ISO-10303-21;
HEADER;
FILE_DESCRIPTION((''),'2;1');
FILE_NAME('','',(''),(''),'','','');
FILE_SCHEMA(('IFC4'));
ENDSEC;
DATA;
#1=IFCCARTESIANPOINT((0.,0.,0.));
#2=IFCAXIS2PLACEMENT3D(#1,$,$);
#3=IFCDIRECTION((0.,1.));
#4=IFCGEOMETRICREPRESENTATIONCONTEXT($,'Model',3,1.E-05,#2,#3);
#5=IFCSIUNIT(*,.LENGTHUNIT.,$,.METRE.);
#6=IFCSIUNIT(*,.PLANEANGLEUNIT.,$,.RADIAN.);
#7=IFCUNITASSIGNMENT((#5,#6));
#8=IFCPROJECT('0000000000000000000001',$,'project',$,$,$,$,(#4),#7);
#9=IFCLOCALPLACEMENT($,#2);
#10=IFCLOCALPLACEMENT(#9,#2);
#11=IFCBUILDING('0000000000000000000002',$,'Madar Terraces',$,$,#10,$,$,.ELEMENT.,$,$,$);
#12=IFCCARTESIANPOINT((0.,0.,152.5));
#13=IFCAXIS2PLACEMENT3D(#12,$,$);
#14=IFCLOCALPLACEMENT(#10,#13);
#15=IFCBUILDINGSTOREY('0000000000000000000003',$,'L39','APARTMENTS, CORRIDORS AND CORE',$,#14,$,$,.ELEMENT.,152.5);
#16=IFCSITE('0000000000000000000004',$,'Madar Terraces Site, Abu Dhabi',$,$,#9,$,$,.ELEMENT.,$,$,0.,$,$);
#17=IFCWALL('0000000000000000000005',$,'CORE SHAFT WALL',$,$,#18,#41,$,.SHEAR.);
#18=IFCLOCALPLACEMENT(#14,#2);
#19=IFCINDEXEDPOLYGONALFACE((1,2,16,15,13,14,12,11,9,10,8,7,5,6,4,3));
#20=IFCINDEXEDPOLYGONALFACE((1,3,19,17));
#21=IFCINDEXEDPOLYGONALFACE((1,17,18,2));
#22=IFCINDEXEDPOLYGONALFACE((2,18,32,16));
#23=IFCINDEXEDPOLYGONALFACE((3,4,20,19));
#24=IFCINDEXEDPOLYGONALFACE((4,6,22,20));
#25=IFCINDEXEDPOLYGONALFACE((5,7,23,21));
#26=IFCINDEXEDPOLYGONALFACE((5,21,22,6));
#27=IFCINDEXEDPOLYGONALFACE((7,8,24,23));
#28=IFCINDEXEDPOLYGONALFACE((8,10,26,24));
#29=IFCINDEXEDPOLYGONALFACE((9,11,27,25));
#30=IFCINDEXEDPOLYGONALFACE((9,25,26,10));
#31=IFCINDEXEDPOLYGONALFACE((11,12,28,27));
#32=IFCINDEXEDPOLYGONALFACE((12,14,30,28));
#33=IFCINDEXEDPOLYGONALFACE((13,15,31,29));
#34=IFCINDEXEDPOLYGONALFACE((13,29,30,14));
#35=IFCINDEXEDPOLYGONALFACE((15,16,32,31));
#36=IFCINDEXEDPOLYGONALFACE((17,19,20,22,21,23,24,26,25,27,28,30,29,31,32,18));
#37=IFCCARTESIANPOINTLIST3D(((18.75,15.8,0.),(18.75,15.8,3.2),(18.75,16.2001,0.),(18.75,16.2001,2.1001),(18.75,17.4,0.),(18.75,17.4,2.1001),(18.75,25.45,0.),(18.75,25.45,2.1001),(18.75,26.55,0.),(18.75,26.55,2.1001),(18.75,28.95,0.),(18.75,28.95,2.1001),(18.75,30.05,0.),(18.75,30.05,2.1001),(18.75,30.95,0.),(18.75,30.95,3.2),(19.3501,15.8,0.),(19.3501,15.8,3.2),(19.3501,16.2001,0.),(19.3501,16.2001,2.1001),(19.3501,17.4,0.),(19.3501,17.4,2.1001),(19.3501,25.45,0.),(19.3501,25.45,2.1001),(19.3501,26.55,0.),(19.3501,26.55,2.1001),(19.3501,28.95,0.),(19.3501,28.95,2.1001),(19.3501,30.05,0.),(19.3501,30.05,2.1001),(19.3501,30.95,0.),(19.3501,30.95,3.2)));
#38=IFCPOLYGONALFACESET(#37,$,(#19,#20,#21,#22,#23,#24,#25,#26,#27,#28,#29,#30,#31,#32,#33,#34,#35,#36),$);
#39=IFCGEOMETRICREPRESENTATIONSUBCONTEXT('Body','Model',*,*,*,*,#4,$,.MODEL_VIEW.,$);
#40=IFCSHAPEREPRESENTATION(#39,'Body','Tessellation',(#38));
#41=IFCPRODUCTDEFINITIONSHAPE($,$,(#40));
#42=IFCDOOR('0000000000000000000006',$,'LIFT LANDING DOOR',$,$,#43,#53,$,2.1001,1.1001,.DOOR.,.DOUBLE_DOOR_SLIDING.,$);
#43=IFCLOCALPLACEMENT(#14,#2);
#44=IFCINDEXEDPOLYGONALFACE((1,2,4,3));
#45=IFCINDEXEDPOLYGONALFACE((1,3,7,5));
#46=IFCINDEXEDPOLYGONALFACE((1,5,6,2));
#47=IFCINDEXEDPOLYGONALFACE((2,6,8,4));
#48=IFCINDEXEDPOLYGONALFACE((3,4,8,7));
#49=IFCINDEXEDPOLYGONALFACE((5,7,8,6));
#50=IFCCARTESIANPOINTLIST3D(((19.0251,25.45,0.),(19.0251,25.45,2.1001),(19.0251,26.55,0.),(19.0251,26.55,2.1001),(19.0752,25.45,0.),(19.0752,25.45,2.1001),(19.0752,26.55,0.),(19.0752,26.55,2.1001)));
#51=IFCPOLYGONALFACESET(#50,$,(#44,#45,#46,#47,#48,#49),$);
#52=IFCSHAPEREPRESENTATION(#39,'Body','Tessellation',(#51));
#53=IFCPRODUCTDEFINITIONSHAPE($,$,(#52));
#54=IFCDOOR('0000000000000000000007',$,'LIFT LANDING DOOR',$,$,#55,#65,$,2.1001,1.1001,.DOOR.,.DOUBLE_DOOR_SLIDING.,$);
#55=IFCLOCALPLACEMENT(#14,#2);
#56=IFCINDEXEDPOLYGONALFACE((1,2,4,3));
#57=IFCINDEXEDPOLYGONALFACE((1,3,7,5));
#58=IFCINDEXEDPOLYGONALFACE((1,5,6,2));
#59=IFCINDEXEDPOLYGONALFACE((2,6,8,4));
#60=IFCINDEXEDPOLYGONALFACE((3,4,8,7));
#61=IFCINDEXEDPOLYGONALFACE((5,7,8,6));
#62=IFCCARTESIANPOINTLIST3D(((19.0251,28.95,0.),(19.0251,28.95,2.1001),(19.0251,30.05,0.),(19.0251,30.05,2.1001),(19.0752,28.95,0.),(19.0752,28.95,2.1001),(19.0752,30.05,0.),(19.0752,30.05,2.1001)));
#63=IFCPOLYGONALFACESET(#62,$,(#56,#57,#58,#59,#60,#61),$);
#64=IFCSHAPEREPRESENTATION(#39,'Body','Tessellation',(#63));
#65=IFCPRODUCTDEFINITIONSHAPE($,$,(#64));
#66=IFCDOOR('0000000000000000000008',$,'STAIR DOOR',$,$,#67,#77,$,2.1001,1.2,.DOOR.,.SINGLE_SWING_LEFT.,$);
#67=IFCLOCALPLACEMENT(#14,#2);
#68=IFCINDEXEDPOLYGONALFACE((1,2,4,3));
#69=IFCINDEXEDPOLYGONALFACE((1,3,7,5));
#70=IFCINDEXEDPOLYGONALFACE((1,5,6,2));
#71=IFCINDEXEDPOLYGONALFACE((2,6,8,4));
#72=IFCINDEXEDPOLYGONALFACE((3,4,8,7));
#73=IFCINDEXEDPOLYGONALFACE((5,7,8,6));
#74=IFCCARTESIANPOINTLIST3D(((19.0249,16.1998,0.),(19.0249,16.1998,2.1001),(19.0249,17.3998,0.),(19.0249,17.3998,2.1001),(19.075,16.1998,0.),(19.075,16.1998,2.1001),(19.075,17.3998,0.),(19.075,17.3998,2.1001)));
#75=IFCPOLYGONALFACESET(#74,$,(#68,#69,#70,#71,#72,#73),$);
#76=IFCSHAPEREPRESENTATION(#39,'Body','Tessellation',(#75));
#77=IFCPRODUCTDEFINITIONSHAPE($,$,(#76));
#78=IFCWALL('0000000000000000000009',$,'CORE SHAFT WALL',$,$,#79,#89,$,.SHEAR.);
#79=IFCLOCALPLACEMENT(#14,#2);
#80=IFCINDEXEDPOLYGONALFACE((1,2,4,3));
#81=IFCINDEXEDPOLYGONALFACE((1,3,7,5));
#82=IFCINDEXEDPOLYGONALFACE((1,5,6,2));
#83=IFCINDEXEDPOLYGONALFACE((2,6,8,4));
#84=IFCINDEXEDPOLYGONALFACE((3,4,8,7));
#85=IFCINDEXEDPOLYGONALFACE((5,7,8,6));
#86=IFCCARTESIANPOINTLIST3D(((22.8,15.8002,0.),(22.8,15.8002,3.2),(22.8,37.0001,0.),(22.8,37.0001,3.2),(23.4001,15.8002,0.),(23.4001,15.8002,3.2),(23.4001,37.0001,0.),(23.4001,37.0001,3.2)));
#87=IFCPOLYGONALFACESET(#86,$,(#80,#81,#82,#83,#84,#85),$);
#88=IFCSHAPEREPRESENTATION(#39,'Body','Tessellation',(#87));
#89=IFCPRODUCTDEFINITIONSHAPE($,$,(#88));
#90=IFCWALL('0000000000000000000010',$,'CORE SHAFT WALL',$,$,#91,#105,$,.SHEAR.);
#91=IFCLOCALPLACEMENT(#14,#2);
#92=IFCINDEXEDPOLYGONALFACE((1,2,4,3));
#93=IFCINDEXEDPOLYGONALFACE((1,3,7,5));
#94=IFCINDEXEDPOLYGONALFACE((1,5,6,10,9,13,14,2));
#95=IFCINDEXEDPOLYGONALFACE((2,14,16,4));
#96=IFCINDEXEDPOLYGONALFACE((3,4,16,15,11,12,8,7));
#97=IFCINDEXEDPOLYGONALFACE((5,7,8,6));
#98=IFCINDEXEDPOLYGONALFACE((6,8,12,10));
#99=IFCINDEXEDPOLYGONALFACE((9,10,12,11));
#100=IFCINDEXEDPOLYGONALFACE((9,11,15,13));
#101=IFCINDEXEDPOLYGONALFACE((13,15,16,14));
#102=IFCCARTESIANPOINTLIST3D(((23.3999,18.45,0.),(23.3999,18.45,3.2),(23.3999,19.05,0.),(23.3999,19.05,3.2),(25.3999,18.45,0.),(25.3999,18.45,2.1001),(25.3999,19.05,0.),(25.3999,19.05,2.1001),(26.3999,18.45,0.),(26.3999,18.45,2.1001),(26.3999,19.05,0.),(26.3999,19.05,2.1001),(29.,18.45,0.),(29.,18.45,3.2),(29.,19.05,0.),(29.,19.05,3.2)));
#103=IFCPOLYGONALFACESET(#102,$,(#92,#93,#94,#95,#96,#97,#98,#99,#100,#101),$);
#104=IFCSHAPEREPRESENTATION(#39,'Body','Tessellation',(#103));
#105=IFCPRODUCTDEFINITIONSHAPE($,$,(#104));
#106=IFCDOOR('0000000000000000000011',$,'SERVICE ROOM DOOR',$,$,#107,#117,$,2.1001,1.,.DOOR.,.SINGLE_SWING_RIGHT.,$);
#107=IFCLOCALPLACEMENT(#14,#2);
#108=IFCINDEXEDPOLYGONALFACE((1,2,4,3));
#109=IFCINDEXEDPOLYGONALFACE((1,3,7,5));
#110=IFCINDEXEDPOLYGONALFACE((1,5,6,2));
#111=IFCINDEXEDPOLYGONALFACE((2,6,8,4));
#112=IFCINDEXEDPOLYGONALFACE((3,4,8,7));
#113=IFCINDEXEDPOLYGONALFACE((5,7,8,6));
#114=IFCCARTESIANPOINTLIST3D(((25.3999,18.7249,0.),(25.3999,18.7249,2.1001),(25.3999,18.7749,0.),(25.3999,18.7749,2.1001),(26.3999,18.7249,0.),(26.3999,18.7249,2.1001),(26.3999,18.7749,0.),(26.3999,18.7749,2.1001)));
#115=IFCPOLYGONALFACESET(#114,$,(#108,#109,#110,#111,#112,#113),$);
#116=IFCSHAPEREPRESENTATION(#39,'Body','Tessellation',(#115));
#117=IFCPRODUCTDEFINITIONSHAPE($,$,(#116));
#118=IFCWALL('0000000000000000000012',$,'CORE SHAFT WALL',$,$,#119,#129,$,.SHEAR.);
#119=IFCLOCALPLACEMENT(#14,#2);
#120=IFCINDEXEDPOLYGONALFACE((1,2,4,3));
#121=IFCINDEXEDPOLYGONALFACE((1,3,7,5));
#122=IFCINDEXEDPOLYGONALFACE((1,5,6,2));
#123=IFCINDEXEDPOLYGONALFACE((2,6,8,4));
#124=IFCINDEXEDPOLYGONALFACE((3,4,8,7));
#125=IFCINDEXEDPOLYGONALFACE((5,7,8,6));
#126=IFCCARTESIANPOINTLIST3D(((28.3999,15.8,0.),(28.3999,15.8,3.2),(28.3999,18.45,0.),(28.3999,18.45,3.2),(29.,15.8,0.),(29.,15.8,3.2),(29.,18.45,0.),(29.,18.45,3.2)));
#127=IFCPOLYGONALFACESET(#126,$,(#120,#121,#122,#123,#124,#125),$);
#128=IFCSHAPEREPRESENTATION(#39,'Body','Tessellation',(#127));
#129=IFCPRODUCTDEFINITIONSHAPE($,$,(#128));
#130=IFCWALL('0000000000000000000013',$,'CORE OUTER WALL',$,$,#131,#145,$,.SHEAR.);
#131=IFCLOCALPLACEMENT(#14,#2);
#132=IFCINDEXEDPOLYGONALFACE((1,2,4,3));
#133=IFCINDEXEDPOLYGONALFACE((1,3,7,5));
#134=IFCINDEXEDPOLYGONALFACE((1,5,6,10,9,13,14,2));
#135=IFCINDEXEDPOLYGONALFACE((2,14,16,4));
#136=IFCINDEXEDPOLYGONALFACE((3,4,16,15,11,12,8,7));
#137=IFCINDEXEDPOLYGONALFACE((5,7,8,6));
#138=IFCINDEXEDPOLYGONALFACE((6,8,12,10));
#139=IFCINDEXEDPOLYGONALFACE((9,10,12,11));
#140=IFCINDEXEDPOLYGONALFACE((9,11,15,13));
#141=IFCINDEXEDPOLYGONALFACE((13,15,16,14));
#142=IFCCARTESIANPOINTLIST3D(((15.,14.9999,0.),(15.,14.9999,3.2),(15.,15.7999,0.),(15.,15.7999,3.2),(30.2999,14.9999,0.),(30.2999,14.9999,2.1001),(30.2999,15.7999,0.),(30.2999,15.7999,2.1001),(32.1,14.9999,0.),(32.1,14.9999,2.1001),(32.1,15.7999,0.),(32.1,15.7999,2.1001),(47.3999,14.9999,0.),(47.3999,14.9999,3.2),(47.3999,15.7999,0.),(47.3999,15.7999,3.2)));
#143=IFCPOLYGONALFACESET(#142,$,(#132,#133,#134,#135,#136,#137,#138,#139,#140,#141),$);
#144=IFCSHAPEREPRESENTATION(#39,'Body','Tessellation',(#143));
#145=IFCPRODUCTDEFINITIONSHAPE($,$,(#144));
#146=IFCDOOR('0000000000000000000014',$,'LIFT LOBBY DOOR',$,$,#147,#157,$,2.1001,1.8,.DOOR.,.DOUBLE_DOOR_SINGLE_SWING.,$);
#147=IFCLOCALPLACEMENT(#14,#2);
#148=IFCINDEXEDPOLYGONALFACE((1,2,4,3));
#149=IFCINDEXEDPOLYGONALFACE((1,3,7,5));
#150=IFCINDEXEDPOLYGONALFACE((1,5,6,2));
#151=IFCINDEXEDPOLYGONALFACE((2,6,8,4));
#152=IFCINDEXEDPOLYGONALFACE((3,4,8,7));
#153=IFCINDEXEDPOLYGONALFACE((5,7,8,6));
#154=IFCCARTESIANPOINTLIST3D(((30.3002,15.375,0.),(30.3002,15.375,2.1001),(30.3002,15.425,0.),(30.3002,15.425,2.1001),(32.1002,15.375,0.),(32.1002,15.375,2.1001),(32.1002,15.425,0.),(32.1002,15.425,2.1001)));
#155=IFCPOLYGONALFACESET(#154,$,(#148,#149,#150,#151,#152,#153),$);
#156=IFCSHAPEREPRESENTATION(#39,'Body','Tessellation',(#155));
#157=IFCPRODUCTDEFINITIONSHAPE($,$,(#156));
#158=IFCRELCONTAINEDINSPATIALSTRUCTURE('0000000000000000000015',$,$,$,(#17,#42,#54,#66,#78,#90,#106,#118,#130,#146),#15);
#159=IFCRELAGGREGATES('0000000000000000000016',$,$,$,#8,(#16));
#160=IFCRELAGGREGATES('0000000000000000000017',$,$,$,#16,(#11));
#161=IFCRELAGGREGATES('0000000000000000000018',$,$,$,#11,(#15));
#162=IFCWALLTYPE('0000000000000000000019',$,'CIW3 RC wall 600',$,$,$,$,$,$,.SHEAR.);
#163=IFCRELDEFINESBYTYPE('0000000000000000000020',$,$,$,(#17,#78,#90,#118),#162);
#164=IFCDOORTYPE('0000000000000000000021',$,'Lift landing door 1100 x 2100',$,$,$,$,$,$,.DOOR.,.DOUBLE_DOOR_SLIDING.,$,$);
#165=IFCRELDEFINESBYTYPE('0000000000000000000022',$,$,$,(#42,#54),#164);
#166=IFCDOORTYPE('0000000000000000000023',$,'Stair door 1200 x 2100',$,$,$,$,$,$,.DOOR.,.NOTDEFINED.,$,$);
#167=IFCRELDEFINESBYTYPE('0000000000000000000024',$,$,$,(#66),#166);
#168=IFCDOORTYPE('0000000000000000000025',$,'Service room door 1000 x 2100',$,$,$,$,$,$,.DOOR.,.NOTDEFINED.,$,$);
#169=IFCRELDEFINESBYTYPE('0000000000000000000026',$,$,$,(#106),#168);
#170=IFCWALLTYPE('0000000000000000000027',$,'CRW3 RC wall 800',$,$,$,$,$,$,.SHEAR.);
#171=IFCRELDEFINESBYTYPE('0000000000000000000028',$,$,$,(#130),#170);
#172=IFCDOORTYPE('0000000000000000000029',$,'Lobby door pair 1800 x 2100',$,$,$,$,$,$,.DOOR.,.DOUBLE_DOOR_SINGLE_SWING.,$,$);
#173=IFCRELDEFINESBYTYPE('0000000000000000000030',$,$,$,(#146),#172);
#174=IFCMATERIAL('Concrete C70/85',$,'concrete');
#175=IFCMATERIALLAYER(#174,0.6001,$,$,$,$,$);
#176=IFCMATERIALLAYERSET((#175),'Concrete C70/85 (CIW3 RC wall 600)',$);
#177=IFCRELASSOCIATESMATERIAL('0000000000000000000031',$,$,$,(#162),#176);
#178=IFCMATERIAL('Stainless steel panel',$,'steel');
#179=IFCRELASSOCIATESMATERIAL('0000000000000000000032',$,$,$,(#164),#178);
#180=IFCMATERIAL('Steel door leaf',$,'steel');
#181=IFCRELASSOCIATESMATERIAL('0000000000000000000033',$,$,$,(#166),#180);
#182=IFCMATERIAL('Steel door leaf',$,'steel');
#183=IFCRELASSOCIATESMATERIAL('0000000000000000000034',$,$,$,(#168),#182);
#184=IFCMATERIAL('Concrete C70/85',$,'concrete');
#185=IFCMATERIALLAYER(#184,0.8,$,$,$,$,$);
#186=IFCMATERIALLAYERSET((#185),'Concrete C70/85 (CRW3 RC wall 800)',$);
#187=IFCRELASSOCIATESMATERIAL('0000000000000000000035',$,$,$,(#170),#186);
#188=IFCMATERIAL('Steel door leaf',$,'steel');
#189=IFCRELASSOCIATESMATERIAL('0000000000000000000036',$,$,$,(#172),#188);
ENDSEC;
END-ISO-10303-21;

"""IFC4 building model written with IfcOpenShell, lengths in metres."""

from ifc_helpers import new_model, si_unit, direction, frame, frame_2d, origin, place, context, subcontext, project, spatial, rectangle, extrude, material, layer, layer_set, type_object, element, fill, save


model = new_model("IFC4")

# Units and contexts
model_context = context("Model", 3, precision=1e-05, world=origin(), true_north=direction((0.0, 1.0)))
body_context = subcontext(model_context, "Body", "Model", "MODEL_VIEW")
ifc_project = project(units=[si_unit("LENGTHUNIT", "METRE"), si_unit("PLANEANGLEUNIT", "RADIAN")], contexts=[model_context])

# Site, building, storey
site_placement = place(None, origin())
site = spatial("IfcSite", under=ifc_project, at=site_placement, Name="Madar Terraces Site, Abu Dhabi", CompositionType="ELEMENT", RefElevation=0.0)
building_placement = place(site_placement, origin())
building = spatial("IfcBuilding", under=site, at=building_placement, Name="Madar Terraces", CompositionType="ELEMENT")
storey_placement = place(building_placement, frame((0.0, 0.0, 152.5)))
storey = spatial("IfcBuildingStorey", under=building, at=storey_placement, Name="L39", Description="APARTMENTS, CORRIDORS AND CORE", CompositionType="ELEMENT", Elevation=152.5)

# Wall, openings, doors
ifc_material_1 = material(Name="Concrete C70/85", Category="concrete")
ifc_layer_1 = layer(ifc_material_1, 0.6001)
ifc_layer_set_1 = layer_set([ifc_layer_1], Name="Concrete C70/85 (CIW3 RC wall 600)")
wall_type_1 = type_object("IfcWallType", Name="CIW3 RC wall 600", PredefinedType="SHEAR", material=ifc_layer_set_1)
wall_1_placement = place(storey_placement, frame((19.05, 15.8, 0.0), z_axis=(0.0, 0.0, 1.0), x_axis=(0.0, 1.0, 0.0)))
wall_1 = element("IfcWall", 1, at=wall_1_placement, inside=storey, type_object=wall_type_1, Name="CORE SHAFT WALL", PredefinedType="SHEAR", context=body_context, shape_type="SweptSolid", body=[
    extrude(rectangle(XDim=15.1499, YDim=0.6001, at=frame_2d((7.575, 0.0))), origin(), (0.0, 0.0, 1.0), 3.2),
])
opening_1_placement = place(wall_1_placement, frame((9.6499, 0.0, 0.0)))
opening_1 = element("IfcOpeningElement", 2, at=opening_1_placement, cuts=wall_1, PredefinedType="OPENING", context=body_context, shape_type="SweptSolid", body=[
    extrude(rectangle(XDim=1.1001, YDim=2.1001, at=frame_2d((0.55, 1.05))), frame((0.0, 0.3101, 0.0), z_axis=(0.0, -1.0, 0.0), x_axis=(1.0, 0.0, 0.0)), (0.0, 0.0, 1.0), 0.6201),
])
opening_2_placement = place(wall_1_placement, frame((13.1499, 0.0, 0.0)))
opening_2 = element("IfcOpeningElement", 3, at=opening_2_placement, cuts=wall_1, PredefinedType="OPENING", context=body_context, shape_type="SweptSolid", body=[
    extrude(rectangle(XDim=1.1001, YDim=2.1001, at=frame_2d((0.55, 1.05))), frame((0.0, 0.3101, 0.0), z_axis=(0.0, -1.0, 0.0), x_axis=(1.0, 0.0, 0.0)), (0.0, 0.0, 1.0), 0.6201),
])
opening_3_placement = place(wall_1_placement, frame((0.3999, 0.0, 0.0)))
opening_3 = element("IfcOpeningElement", 4, at=opening_3_placement, cuts=wall_1, PredefinedType="OPENING", context=body_context, shape_type="SweptSolid", body=[
    extrude(rectangle(XDim=1.2, YDim=2.1001, at=frame_2d((0.6001, 1.05))), frame((0.0, 0.3101, 0.0), z_axis=(0.0, -1.0, 0.0), x_axis=(1.0, 0.0, 0.0)), (0.0, 0.0, 1.0), 0.6201),
])
ifc_material_2 = material(Name="Stainless steel panel", Category="steel")
door_type_1 = type_object("IfcDoorType", Name="Lift landing door 1100 x 2100", OperationType="DOUBLE_DOOR_SLIDING", PredefinedType="DOOR", material=ifc_material_2)
door_1_placement = place(opening_1_placement, origin())
door_1 = element("IfcDoor", 5, at=door_1_placement, inside=storey, type_object=door_type_1, Name="LIFT LANDING DOOR", OperationType="DOUBLE_DOOR_SLIDING", OverallHeight=2.1001, OverallWidth=1.1001, PredefinedType="DOOR", context=body_context, shape_type="SweptSolid", body=[
    extrude(rectangle(XDim=1.1001, YDim=2.1001, at=frame_2d((0.55, 1.05))), frame((0.0, 0.0249, 0.0), z_axis=(0.0, -1.0, 0.0), x_axis=(1.0, 0.0, 0.0)), (0.0, 0.0, 1.0), 0.05),
])
fill(opening_1, door_1)
door_2_placement = place(opening_2_placement, origin())
door_2 = element("IfcDoor", 6, at=door_2_placement, inside=storey, type_object=door_type_1, Name="LIFT LANDING DOOR", OperationType="DOUBLE_DOOR_SLIDING", OverallHeight=2.1001, OverallWidth=1.1001, PredefinedType="DOOR", context=body_context, shape_type="SweptSolid", body=[
    extrude(rectangle(XDim=1.1001, YDim=2.1001, at=frame_2d((0.55, 1.05))), frame((0.0, 0.0249, 0.0), z_axis=(0.0, -1.0, 0.0), x_axis=(1.0, 0.0, 0.0)), (0.0, 0.0, 1.0), 0.05),
])
fill(opening_2, door_2)
ifc_material_3 = material(Name="Steel door leaf", Category="steel")
door_type_2 = type_object("IfcDoorType", Name="Stair door 1200 x 2100", OperationType="NOTDEFINED", PredefinedType="DOOR", material=ifc_material_3)
door_3_placement = place(opening_3_placement, frame((1.2, 0.0, 0.0), z_axis=(0.0, 0.0, 1.0), x_axis=(-1.0, 0.0, 0.0)))
door_3 = element("IfcDoor", 7, at=door_3_placement, inside=storey, type_object=door_type_2, Name="STAIR DOOR", OperationType="SINGLE_SWING_LEFT", OverallHeight=2.1001, OverallWidth=1.2, PredefinedType="DOOR", context=body_context, shape_type="SweptSolid", body=[
    extrude(rectangle(XDim=1.2, YDim=2.1001, at=frame_2d((0.6001, 1.05))), frame((0.0, 0.0249, 0.0), z_axis=(0.0, -1.0, 0.0), x_axis=(1.0, 0.0, 0.0)), (0.0, 0.0, 1.0), 0.05),
])
fill(opening_3, door_3)

# Wall
wall_2_placement = place(storey_placement, frame((23.1001, 15.8, 0.0), z_axis=(0.0, 0.0, 1.0), x_axis=(0.0, 1.0, 0.0)))
element("IfcWall", 8, at=wall_2_placement, inside=storey, type_object=wall_type_1, Name="CORE SHAFT WALL", PredefinedType="SHEAR", context=body_context, shape_type="SweptSolid", body=[
    extrude(rectangle(XDim=21.2, YDim=0.6001, at=frame_2d((10.6001, 0.0))), origin(), (0.0, 0.0, 1.0), 3.2),
])

# Wall, opening, door
wall_3_placement = place(storey_placement, frame((23.3999, 18.75, 0.0), z_axis=(0.0, 0.0, 1.0), x_axis=(1.0, 0.0, 0.0)))
wall_3 = element("IfcWall", 9, at=wall_3_placement, inside=storey, type_object=wall_type_1, Name="CORE SHAFT WALL", PredefinedType="SHEAR", context=body_context, shape_type="SweptSolid", body=[
    extrude(rectangle(XDim=5.6001, YDim=0.6001, at=frame_2d((2.8, 0.0))), origin(), (0.0, 0.0, 1.0), 3.2),
])
opening_4_placement = place(wall_3_placement, frame((2.0, 0.0, 0.0)))
opening_4 = element("IfcOpeningElement", 10, at=opening_4_placement, cuts=wall_3, PredefinedType="OPENING", context=body_context, shape_type="SweptSolid", body=[
    extrude(rectangle(XDim=1.0, YDim=2.1001, at=frame_2d((0.5, 1.05))), frame((0.0, 0.3101, 0.0), z_axis=(0.0, -1.0, 0.0), x_axis=(1.0, 0.0, 0.0)), (0.0, 0.0, 1.0), 0.6201),
])
ifc_material_4 = material(Name="Steel door leaf", Category="steel")
door_type_3 = type_object("IfcDoorType", Name="Service room door 1000 x 2100", OperationType="NOTDEFINED", PredefinedType="DOOR", material=ifc_material_4)
door_4_placement = place(opening_4_placement, origin())
door_4 = element("IfcDoor", 11, at=door_4_placement, inside=storey, type_object=door_type_3, Name="SERVICE ROOM DOOR", OperationType="SINGLE_SWING_RIGHT", OverallHeight=2.1001, OverallWidth=1.0, PredefinedType="DOOR", context=body_context, shape_type="SweptSolid", body=[
    extrude(rectangle(XDim=1.0, YDim=2.1001, at=frame_2d((0.5, 1.05))), frame((0.0, 0.0249, 0.0), z_axis=(0.0, -1.0, 0.0), x_axis=(1.0, 0.0, 0.0)), (0.0, 0.0, 1.0), 0.05),
])
fill(opening_4, door_4)

# Wall
wall_4_placement = place(storey_placement, frame((28.7, 15.8, 0.0), z_axis=(0.0, 0.0, 1.0), x_axis=(0.0, 1.0, 0.0)))
element("IfcWall", 12, at=wall_4_placement, inside=storey, type_object=wall_type_1, Name="CORE SHAFT WALL", PredefinedType="SHEAR", context=body_context, shape_type="SweptSolid", body=[
    extrude(rectangle(XDim=2.6499, YDim=0.6001, at=frame_2d((1.325, 0.0))), origin(), (0.0, 0.0, 1.0), 3.2),
])

# Wall, opening, door
ifc_material_5 = material(Name="Concrete C70/85", Category="concrete")
ifc_layer_2 = layer(ifc_material_5, 0.8)
ifc_layer_set_2 = layer_set([ifc_layer_2], Name="Concrete C70/85 (CRW3 RC wall 800)")
wall_type_2 = type_object("IfcWallType", Name="CRW3 RC wall 800", PredefinedType="SHEAR", material=ifc_layer_set_2)
wall_5_placement = place(storey_placement, frame((15.0, 15.3999, 0.0), z_axis=(0.0, 0.0, 1.0), x_axis=(1.0, 0.0, 0.0)))
wall_5 = element("IfcWall", 13, at=wall_5_placement, inside=storey, type_object=wall_type_2, Name="CORE OUTER WALL", PredefinedType="SHEAR", context=body_context, shape_type="SweptSolid", body=[
    extrude(rectangle(XDim=32.3999, YDim=0.8, at=frame_2d((16.2, 0.0))), origin(), (0.0, 0.0, 1.0), 3.2),
])
opening_5_placement = place(wall_5_placement, frame((15.3, 0.0, 0.0)))
opening_5 = element("IfcOpeningElement", 14, at=opening_5_placement, cuts=wall_5, PredefinedType="OPENING", context=body_context, shape_type="SweptSolid", body=[
    extrude(rectangle(XDim=1.8, YDim=2.1001, at=frame_2d((0.8999, 1.05))), frame((0.0, 0.4099, 0.0), z_axis=(0.0, -1.0, 0.0), x_axis=(1.0, 0.0, 0.0)), (0.0, 0.0, 1.0), 0.8201),
])
ifc_material_6 = material(Name="Steel door leaf", Category="steel")
door_type_4 = type_object("IfcDoorType", Name="Lobby door pair 1800 x 2100", OperationType="DOUBLE_DOOR_SINGLE_SWING", PredefinedType="DOOR", material=ifc_material_6)
door_5_placement = place(opening_5_placement, frame((1.8, 0.0, 0.0), z_axis=(0.0, 0.0, 1.0), x_axis=(-1.0, 0.0, 0.0)))
door_5 = element("IfcDoor", 15, at=door_5_placement, inside=storey, type_object=door_type_4, Name="LIFT LOBBY DOOR", OperationType="DOUBLE_DOOR_SINGLE_SWING", OverallHeight=2.1001, OverallWidth=1.8, PredefinedType="DOOR", context=body_context, shape_type="SweptSolid", body=[
    extrude(rectangle(XDim=1.8, YDim=2.1001, at=frame_2d((0.8999, 1.05))), frame((0.0, 0.0249, 0.0), z_axis=(0.0, -1.0, 0.0), x_axis=(1.0, 0.0, 0.0)), (0.0, 0.0, 1.0), 0.05),
])
fill(opening_5, door_5)

save(model, "model.ifc")
